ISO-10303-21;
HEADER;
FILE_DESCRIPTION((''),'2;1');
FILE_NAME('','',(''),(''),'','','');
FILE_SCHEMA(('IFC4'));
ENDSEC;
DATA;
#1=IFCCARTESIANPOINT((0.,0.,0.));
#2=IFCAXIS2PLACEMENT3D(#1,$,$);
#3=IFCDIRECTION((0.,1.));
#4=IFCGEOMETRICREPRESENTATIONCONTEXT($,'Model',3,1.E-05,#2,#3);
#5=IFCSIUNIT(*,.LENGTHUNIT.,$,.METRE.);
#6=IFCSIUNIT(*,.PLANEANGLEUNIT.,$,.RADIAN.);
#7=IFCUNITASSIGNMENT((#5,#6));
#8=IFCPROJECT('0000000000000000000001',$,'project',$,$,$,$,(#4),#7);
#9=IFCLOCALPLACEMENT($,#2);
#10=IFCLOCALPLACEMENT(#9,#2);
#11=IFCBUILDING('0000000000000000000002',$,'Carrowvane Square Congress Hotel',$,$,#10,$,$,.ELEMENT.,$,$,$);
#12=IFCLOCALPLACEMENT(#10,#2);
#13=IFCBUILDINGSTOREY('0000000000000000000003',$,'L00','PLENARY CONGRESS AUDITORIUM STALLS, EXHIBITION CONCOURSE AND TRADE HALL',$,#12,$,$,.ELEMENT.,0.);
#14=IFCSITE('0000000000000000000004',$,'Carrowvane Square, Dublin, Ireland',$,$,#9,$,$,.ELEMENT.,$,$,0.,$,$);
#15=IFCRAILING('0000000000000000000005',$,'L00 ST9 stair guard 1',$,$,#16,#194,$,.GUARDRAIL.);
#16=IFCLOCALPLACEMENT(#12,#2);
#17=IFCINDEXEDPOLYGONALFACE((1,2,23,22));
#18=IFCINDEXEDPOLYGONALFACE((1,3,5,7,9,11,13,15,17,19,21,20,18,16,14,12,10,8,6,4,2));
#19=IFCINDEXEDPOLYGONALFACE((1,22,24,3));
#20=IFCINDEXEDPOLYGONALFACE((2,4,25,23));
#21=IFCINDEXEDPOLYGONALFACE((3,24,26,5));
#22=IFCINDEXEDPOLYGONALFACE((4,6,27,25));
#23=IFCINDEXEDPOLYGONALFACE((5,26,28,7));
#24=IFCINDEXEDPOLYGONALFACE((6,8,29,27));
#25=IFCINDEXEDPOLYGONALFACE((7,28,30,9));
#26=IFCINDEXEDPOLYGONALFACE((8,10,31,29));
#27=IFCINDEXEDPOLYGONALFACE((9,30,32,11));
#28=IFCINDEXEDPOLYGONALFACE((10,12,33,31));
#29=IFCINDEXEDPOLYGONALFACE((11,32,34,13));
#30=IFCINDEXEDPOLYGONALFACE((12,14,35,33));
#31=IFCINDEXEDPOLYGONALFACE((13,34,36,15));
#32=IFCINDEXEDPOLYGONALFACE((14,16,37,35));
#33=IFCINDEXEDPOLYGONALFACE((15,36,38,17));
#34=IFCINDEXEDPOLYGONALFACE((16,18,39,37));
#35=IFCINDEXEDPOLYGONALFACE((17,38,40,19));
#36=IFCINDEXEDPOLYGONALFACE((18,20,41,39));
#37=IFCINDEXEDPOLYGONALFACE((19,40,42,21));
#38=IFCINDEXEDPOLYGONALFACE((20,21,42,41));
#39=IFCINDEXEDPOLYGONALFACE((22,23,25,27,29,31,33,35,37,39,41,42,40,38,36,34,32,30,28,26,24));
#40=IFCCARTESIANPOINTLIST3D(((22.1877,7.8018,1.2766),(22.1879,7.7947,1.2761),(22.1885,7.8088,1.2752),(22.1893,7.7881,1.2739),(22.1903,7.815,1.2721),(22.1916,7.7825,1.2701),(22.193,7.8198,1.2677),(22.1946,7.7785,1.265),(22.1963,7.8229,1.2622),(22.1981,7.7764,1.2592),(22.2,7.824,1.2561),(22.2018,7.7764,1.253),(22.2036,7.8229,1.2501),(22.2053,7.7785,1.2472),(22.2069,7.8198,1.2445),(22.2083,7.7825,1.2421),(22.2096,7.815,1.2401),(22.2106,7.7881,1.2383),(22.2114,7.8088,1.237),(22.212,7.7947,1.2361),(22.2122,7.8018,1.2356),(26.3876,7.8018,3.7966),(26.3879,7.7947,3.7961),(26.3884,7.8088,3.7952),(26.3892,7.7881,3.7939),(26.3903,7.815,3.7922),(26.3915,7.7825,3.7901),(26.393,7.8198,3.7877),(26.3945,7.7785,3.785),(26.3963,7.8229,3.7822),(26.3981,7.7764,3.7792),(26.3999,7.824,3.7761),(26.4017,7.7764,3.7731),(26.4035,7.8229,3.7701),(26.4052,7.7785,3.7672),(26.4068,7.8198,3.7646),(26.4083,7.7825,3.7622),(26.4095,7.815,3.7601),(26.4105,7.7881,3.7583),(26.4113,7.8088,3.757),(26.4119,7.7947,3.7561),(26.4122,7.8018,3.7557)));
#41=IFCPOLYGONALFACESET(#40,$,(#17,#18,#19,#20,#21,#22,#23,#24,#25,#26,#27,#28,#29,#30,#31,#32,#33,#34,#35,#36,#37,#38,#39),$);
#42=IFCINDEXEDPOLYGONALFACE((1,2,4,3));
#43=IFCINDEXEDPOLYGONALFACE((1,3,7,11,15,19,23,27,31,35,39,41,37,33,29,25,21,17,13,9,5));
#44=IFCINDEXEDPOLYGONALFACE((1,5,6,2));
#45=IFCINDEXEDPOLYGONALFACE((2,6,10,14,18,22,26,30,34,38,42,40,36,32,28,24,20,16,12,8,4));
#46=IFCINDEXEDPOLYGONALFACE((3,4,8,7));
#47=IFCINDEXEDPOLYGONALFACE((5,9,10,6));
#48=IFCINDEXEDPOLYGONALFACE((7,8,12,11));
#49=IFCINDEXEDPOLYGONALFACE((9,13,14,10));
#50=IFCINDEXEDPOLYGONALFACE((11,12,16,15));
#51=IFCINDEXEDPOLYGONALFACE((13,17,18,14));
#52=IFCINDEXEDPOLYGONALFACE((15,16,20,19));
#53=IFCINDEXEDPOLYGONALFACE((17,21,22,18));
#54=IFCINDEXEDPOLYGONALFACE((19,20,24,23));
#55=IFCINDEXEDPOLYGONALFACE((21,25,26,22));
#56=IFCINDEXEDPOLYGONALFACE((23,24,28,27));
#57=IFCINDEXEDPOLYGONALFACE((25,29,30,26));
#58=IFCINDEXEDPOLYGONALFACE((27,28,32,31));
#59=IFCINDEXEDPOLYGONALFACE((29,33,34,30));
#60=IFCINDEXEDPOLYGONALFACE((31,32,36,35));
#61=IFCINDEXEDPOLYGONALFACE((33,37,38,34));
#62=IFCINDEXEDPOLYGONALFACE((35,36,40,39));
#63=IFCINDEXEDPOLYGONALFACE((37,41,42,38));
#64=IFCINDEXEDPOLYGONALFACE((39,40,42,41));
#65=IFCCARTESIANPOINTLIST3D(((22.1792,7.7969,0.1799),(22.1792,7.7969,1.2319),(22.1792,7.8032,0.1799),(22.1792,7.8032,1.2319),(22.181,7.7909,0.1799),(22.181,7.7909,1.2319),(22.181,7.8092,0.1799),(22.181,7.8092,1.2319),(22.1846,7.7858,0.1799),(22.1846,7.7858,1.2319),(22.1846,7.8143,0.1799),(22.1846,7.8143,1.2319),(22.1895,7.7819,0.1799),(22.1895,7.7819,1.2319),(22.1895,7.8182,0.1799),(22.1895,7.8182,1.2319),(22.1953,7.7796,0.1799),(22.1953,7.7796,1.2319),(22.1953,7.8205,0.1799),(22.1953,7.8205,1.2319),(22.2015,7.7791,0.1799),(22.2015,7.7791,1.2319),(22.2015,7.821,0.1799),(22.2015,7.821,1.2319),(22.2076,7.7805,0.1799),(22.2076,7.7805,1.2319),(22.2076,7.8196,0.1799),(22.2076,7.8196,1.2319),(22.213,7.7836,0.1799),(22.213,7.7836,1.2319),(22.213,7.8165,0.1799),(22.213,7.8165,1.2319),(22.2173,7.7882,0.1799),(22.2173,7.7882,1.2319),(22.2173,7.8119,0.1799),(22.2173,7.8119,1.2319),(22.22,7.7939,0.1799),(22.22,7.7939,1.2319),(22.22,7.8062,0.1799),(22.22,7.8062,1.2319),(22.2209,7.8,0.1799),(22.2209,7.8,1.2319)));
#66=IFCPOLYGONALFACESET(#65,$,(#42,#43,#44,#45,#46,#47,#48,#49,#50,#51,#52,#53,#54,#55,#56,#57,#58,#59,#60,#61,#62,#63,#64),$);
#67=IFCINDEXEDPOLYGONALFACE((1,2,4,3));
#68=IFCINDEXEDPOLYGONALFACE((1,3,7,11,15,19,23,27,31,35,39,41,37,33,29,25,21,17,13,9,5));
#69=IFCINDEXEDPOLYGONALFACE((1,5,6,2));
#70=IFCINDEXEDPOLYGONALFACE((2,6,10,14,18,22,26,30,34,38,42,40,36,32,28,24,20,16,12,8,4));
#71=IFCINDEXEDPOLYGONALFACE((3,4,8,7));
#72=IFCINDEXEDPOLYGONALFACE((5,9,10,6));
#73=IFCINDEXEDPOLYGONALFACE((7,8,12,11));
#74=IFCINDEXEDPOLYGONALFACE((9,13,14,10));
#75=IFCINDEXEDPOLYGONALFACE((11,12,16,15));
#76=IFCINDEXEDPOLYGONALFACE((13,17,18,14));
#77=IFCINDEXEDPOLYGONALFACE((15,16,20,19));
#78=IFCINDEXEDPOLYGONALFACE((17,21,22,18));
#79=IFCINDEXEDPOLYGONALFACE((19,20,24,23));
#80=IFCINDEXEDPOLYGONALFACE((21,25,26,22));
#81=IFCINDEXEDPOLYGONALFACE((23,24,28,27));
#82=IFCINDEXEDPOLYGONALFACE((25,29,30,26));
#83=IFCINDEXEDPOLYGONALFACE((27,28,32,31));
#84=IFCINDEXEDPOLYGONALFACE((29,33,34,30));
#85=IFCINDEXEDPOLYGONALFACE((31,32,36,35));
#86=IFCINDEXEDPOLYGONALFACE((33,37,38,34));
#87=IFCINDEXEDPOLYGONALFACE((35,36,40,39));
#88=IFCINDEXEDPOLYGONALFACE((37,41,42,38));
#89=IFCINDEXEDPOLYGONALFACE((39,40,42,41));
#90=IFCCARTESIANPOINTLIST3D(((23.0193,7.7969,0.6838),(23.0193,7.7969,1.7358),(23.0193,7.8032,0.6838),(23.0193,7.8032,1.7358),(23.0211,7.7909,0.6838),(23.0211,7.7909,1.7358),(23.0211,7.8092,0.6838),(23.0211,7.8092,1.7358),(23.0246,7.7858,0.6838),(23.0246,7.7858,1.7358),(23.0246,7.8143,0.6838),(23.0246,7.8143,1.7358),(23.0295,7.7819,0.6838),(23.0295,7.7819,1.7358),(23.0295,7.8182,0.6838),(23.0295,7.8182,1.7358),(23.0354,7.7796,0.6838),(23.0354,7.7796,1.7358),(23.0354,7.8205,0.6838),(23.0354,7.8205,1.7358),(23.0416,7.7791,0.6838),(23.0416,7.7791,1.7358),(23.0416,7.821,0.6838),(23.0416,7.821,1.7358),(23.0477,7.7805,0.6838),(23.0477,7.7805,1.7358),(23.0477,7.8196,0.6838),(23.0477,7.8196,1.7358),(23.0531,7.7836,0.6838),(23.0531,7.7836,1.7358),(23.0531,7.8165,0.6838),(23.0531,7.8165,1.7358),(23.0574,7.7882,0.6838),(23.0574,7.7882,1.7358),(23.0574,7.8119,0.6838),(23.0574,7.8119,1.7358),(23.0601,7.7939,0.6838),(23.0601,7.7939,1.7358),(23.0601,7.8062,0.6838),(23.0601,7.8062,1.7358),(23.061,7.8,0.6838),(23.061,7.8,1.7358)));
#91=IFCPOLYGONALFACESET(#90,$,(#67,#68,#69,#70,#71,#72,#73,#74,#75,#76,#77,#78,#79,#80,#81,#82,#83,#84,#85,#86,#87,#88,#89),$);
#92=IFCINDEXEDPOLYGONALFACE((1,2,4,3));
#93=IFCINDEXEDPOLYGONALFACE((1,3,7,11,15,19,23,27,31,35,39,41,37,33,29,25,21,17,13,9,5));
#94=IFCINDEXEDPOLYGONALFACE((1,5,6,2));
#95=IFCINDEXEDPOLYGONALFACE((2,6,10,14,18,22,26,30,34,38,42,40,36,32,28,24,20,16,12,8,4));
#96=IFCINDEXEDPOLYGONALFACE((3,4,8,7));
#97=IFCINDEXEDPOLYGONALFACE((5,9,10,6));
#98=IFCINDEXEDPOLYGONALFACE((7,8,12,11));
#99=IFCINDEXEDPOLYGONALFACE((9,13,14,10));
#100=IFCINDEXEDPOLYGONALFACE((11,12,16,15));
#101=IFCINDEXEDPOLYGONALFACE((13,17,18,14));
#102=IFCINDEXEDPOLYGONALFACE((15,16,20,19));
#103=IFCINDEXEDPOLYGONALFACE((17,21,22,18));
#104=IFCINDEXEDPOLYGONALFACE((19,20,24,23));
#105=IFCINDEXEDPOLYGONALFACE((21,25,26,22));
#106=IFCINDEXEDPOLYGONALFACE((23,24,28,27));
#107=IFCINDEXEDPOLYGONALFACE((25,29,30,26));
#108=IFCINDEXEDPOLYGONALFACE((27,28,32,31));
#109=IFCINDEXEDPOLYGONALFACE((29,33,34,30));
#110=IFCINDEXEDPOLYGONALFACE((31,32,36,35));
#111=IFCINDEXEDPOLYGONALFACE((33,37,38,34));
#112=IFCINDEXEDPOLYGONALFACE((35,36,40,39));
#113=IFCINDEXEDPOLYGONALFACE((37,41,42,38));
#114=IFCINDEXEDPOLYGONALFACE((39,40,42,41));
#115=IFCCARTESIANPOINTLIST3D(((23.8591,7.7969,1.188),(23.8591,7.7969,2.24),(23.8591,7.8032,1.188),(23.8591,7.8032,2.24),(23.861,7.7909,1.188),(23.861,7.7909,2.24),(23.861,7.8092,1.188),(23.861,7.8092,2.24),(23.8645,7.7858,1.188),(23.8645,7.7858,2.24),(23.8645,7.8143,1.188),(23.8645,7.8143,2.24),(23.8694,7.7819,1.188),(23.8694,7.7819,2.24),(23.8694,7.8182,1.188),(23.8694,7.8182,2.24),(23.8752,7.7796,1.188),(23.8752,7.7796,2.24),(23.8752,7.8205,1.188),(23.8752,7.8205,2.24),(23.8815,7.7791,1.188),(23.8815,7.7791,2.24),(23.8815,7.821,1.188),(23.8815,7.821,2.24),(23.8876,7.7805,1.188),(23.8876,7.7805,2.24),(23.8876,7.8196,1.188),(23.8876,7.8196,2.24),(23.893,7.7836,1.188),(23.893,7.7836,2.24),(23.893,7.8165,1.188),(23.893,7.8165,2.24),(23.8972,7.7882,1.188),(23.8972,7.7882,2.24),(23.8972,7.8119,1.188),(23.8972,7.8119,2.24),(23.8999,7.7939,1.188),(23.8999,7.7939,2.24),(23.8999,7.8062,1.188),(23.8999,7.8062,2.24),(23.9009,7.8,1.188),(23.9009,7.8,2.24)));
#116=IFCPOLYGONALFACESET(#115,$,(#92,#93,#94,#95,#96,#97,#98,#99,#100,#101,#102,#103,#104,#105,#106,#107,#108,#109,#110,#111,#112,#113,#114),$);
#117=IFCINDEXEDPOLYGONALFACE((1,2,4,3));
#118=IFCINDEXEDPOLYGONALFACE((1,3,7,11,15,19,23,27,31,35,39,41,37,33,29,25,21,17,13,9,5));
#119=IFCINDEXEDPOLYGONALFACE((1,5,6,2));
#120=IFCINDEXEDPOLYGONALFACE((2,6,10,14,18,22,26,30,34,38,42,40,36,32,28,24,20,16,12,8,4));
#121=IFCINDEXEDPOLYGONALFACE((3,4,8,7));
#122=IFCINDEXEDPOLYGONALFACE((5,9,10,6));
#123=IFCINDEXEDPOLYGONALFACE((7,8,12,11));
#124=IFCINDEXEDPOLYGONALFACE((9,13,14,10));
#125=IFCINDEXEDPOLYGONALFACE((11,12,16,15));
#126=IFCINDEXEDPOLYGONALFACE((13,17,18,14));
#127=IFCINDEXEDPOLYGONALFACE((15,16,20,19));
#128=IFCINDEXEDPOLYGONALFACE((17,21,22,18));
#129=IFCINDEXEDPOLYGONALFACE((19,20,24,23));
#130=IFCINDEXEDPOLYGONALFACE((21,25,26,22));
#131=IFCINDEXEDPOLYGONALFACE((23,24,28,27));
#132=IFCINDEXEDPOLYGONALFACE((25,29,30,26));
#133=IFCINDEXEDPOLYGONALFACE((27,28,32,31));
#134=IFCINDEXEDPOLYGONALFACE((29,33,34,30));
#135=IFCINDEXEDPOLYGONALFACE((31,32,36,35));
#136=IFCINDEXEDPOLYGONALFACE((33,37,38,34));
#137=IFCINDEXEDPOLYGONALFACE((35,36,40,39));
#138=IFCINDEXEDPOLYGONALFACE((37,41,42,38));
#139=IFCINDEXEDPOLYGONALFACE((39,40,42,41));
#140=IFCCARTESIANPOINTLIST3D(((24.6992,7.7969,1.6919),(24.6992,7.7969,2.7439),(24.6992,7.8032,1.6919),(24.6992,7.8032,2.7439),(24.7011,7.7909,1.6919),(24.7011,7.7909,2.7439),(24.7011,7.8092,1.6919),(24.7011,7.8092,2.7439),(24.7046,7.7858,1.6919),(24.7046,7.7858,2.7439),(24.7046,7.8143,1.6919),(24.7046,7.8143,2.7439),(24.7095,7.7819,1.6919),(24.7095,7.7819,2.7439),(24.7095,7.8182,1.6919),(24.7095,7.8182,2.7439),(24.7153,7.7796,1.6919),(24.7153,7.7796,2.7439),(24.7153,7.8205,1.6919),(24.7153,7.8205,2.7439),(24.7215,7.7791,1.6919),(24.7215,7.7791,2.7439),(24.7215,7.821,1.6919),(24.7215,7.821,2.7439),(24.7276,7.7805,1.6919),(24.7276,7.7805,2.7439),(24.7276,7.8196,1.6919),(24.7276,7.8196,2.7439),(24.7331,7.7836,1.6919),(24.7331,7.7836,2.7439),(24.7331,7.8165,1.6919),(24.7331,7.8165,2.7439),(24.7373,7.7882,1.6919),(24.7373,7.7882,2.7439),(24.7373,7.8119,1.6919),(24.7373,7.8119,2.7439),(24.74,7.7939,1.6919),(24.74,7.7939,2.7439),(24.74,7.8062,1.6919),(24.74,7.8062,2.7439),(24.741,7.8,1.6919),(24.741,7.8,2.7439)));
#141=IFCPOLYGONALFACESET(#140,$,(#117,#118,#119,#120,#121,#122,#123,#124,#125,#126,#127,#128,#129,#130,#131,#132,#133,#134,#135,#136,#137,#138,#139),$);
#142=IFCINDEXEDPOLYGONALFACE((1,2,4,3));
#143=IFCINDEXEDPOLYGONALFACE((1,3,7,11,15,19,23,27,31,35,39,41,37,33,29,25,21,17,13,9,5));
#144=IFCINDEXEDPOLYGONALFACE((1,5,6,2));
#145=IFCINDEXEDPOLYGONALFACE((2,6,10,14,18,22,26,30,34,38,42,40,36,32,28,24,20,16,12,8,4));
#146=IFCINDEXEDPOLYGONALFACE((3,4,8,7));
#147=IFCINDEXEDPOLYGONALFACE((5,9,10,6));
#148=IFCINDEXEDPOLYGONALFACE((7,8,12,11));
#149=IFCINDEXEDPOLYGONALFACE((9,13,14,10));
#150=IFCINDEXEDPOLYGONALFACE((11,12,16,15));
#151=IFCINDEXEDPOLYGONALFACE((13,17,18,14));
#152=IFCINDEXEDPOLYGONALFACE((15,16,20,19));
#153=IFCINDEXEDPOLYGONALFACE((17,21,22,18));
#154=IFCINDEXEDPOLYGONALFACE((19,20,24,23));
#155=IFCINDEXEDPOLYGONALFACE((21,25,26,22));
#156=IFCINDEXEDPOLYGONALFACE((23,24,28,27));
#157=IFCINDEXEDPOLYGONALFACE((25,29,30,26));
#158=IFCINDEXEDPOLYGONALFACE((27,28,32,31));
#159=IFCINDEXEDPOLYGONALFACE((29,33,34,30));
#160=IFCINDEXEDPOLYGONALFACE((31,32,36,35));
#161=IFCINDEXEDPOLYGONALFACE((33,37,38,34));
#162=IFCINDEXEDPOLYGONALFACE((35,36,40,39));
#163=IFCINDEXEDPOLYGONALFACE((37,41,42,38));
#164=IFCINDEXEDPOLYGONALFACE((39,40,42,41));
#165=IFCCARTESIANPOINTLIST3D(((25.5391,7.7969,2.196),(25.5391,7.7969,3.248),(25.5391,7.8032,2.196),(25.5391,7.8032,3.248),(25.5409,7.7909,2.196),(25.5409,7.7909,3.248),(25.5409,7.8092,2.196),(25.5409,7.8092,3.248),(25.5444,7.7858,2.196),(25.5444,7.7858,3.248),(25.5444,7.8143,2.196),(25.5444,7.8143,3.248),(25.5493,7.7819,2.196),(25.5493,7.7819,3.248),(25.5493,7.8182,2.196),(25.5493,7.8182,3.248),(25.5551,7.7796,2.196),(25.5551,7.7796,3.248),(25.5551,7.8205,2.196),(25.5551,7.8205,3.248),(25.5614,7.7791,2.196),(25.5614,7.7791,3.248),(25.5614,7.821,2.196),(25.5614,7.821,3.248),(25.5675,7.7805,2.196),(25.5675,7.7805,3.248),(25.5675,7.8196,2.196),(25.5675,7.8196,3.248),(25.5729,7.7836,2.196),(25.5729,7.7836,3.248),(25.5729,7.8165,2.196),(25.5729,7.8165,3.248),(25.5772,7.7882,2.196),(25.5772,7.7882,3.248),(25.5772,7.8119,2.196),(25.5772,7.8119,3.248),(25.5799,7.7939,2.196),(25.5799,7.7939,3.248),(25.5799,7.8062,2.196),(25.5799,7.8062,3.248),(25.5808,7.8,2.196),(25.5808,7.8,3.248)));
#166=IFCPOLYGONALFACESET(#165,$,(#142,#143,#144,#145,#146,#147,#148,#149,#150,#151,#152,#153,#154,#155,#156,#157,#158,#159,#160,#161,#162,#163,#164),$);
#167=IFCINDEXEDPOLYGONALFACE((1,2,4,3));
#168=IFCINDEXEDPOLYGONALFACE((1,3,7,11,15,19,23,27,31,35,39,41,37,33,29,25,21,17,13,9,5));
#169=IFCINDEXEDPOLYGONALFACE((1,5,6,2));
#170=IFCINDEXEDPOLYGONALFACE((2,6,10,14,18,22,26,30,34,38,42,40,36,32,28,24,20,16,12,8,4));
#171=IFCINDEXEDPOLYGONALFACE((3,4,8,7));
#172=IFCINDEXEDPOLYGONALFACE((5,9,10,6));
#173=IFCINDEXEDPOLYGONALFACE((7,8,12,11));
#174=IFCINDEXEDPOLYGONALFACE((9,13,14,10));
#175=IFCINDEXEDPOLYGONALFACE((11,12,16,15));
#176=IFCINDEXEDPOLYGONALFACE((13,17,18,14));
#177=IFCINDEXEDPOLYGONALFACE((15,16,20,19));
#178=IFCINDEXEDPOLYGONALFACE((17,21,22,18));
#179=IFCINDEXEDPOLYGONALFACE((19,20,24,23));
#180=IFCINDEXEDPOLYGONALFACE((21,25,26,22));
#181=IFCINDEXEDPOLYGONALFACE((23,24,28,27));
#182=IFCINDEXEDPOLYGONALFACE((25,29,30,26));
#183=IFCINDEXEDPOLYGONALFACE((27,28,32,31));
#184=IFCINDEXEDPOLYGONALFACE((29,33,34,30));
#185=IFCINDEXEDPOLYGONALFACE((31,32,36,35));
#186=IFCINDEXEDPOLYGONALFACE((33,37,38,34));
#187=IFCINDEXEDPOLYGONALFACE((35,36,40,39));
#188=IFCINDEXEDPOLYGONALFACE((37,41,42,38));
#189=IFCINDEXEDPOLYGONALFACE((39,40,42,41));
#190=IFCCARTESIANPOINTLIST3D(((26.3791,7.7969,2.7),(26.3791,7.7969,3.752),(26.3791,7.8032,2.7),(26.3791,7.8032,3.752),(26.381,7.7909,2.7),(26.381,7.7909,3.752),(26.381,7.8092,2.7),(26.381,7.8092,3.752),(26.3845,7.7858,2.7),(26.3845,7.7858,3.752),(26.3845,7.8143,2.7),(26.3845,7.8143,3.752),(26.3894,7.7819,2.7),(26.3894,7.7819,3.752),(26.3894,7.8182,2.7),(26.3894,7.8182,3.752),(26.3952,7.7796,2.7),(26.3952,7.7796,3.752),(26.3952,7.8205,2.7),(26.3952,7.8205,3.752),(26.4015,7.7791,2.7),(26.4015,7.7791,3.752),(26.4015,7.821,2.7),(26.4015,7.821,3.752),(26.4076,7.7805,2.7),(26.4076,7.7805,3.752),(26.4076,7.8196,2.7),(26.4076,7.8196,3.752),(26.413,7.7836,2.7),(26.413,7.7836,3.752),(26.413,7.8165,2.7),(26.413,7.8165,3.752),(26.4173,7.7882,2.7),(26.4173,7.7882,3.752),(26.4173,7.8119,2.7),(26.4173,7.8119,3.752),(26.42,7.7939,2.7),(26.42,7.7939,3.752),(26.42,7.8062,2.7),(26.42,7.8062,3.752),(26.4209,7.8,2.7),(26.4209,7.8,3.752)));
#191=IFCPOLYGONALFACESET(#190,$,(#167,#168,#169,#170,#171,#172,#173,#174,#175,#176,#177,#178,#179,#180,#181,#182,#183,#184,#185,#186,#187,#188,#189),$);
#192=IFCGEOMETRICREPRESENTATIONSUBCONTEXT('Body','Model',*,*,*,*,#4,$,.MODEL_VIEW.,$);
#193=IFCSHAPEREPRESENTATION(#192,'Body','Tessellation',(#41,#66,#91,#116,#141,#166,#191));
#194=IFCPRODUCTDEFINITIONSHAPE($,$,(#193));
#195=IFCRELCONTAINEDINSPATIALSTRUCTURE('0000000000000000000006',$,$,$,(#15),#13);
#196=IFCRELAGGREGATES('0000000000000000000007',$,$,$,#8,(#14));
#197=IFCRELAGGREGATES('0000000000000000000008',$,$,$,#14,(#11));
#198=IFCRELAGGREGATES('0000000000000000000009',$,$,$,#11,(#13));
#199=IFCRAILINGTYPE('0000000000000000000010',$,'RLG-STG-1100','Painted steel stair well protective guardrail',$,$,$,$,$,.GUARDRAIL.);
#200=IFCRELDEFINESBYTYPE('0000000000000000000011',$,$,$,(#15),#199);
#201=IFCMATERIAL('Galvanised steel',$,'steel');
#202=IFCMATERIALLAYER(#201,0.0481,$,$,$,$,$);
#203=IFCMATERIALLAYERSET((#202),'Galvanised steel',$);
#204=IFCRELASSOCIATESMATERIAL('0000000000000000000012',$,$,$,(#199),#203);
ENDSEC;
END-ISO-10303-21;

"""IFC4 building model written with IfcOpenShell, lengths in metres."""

from ifc_helpers import new_model, si_unit, direction, frame, origin, origin_2d, place, context, subcontext, project, spatial, circle, extrude, material, layer, layer_set, type_object, element, save


model = new_model("IFC4")

# Units and contexts
model_context = context("Model", 3, precision=1e-05, world=origin(), true_north=direction((0.0, 1.0)))
body_context = subcontext(model_context, "Body", "Model", "MODEL_VIEW")
ifc_project = project(units=[si_unit("LENGTHUNIT", "METRE"), si_unit("PLANEANGLEUNIT", "RADIAN")], contexts=[model_context])

# Site, building, storey
site_placement = place(None, origin())
site = spatial("IfcSite", under=ifc_project, at=site_placement, Name="Carrowvane Square, Dublin, Ireland", CompositionType="ELEMENT", RefElevation=0.0)
building_placement = place(site_placement, origin())
building = spatial("IfcBuilding", under=site, at=building_placement, Name="Carrowvane Square Congress Hotel", CompositionType="ELEMENT")
storey_placement = place(building_placement, origin())
storey = spatial("IfcBuildingStorey", under=building, at=storey_placement, Name="L00", Description="PLENARY CONGRESS AUDITORIUM STALLS, EXHIBITION CONCOURSE AND TRADE HALL", CompositionType="ELEMENT", Elevation=0.0)

# Railing
ifc_material_1 = material(Name="Galvanised steel", Category="steel")
ifc_layer_1 = layer(ifc_material_1, 0.0481)
ifc_layer_set_1 = layer_set([ifc_layer_1], Name="Galvanised steel")
railing_type_1 = type_object("IfcRailingType", Name="RLG-STG-1100", Description="Painted steel stair well protective guardrail", PredefinedType="GUARDRAIL", material=ifc_layer_set_1)
railing_1_placement = place(storey_placement, frame((22.2, 7.8, 0.1799)))
element("IfcRailing", 1, at=railing_1_placement, inside=storey, type_object=railing_type_1, Name="L00 ST9 stair guard 1", PredefinedType="GUARDRAIL", context=body_context, shape_type="SweptSolid", body=[
    extrude(circle(Radius=0.0239, at=origin_2d()), frame((0.0, 0.0, 1.0762), z_axis=(0.857489, 0.0, 0.514503), x_axis=(0.0, 1.0, 0.0)), (0.0, 0.0, 1.0), 4.8979),
    extrude(circle(Radius=0.021, at=origin_2d()), origin(), (0.0, 0.0, 1.0), 1.052),
    extrude(circle(Radius=0.021, at=origin_2d()), frame((0.8401, 0.0, 0.5039)), (0.0, 0.0, 1.0), 1.052),
    extrude(circle(Radius=0.021, at=origin_2d()), frame((1.6799, 0.0, 1.0081)), (0.0, 0.0, 1.0), 1.052),
    extrude(circle(Radius=0.021, at=origin_2d()), frame((2.52, 0.0, 1.512)), (0.0, 0.0, 1.0), 1.052),
    extrude(circle(Radius=0.021, at=origin_2d()), frame((3.3599, 0.0, 2.0161)), (0.0, 0.0, 1.0), 1.052),
    extrude(circle(Radius=0.021, at=origin_2d()), frame((4.2, 0.0, 2.52)), (0.0, 0.0, 1.0), 1.052),
])

save(model, "model.ifc")
